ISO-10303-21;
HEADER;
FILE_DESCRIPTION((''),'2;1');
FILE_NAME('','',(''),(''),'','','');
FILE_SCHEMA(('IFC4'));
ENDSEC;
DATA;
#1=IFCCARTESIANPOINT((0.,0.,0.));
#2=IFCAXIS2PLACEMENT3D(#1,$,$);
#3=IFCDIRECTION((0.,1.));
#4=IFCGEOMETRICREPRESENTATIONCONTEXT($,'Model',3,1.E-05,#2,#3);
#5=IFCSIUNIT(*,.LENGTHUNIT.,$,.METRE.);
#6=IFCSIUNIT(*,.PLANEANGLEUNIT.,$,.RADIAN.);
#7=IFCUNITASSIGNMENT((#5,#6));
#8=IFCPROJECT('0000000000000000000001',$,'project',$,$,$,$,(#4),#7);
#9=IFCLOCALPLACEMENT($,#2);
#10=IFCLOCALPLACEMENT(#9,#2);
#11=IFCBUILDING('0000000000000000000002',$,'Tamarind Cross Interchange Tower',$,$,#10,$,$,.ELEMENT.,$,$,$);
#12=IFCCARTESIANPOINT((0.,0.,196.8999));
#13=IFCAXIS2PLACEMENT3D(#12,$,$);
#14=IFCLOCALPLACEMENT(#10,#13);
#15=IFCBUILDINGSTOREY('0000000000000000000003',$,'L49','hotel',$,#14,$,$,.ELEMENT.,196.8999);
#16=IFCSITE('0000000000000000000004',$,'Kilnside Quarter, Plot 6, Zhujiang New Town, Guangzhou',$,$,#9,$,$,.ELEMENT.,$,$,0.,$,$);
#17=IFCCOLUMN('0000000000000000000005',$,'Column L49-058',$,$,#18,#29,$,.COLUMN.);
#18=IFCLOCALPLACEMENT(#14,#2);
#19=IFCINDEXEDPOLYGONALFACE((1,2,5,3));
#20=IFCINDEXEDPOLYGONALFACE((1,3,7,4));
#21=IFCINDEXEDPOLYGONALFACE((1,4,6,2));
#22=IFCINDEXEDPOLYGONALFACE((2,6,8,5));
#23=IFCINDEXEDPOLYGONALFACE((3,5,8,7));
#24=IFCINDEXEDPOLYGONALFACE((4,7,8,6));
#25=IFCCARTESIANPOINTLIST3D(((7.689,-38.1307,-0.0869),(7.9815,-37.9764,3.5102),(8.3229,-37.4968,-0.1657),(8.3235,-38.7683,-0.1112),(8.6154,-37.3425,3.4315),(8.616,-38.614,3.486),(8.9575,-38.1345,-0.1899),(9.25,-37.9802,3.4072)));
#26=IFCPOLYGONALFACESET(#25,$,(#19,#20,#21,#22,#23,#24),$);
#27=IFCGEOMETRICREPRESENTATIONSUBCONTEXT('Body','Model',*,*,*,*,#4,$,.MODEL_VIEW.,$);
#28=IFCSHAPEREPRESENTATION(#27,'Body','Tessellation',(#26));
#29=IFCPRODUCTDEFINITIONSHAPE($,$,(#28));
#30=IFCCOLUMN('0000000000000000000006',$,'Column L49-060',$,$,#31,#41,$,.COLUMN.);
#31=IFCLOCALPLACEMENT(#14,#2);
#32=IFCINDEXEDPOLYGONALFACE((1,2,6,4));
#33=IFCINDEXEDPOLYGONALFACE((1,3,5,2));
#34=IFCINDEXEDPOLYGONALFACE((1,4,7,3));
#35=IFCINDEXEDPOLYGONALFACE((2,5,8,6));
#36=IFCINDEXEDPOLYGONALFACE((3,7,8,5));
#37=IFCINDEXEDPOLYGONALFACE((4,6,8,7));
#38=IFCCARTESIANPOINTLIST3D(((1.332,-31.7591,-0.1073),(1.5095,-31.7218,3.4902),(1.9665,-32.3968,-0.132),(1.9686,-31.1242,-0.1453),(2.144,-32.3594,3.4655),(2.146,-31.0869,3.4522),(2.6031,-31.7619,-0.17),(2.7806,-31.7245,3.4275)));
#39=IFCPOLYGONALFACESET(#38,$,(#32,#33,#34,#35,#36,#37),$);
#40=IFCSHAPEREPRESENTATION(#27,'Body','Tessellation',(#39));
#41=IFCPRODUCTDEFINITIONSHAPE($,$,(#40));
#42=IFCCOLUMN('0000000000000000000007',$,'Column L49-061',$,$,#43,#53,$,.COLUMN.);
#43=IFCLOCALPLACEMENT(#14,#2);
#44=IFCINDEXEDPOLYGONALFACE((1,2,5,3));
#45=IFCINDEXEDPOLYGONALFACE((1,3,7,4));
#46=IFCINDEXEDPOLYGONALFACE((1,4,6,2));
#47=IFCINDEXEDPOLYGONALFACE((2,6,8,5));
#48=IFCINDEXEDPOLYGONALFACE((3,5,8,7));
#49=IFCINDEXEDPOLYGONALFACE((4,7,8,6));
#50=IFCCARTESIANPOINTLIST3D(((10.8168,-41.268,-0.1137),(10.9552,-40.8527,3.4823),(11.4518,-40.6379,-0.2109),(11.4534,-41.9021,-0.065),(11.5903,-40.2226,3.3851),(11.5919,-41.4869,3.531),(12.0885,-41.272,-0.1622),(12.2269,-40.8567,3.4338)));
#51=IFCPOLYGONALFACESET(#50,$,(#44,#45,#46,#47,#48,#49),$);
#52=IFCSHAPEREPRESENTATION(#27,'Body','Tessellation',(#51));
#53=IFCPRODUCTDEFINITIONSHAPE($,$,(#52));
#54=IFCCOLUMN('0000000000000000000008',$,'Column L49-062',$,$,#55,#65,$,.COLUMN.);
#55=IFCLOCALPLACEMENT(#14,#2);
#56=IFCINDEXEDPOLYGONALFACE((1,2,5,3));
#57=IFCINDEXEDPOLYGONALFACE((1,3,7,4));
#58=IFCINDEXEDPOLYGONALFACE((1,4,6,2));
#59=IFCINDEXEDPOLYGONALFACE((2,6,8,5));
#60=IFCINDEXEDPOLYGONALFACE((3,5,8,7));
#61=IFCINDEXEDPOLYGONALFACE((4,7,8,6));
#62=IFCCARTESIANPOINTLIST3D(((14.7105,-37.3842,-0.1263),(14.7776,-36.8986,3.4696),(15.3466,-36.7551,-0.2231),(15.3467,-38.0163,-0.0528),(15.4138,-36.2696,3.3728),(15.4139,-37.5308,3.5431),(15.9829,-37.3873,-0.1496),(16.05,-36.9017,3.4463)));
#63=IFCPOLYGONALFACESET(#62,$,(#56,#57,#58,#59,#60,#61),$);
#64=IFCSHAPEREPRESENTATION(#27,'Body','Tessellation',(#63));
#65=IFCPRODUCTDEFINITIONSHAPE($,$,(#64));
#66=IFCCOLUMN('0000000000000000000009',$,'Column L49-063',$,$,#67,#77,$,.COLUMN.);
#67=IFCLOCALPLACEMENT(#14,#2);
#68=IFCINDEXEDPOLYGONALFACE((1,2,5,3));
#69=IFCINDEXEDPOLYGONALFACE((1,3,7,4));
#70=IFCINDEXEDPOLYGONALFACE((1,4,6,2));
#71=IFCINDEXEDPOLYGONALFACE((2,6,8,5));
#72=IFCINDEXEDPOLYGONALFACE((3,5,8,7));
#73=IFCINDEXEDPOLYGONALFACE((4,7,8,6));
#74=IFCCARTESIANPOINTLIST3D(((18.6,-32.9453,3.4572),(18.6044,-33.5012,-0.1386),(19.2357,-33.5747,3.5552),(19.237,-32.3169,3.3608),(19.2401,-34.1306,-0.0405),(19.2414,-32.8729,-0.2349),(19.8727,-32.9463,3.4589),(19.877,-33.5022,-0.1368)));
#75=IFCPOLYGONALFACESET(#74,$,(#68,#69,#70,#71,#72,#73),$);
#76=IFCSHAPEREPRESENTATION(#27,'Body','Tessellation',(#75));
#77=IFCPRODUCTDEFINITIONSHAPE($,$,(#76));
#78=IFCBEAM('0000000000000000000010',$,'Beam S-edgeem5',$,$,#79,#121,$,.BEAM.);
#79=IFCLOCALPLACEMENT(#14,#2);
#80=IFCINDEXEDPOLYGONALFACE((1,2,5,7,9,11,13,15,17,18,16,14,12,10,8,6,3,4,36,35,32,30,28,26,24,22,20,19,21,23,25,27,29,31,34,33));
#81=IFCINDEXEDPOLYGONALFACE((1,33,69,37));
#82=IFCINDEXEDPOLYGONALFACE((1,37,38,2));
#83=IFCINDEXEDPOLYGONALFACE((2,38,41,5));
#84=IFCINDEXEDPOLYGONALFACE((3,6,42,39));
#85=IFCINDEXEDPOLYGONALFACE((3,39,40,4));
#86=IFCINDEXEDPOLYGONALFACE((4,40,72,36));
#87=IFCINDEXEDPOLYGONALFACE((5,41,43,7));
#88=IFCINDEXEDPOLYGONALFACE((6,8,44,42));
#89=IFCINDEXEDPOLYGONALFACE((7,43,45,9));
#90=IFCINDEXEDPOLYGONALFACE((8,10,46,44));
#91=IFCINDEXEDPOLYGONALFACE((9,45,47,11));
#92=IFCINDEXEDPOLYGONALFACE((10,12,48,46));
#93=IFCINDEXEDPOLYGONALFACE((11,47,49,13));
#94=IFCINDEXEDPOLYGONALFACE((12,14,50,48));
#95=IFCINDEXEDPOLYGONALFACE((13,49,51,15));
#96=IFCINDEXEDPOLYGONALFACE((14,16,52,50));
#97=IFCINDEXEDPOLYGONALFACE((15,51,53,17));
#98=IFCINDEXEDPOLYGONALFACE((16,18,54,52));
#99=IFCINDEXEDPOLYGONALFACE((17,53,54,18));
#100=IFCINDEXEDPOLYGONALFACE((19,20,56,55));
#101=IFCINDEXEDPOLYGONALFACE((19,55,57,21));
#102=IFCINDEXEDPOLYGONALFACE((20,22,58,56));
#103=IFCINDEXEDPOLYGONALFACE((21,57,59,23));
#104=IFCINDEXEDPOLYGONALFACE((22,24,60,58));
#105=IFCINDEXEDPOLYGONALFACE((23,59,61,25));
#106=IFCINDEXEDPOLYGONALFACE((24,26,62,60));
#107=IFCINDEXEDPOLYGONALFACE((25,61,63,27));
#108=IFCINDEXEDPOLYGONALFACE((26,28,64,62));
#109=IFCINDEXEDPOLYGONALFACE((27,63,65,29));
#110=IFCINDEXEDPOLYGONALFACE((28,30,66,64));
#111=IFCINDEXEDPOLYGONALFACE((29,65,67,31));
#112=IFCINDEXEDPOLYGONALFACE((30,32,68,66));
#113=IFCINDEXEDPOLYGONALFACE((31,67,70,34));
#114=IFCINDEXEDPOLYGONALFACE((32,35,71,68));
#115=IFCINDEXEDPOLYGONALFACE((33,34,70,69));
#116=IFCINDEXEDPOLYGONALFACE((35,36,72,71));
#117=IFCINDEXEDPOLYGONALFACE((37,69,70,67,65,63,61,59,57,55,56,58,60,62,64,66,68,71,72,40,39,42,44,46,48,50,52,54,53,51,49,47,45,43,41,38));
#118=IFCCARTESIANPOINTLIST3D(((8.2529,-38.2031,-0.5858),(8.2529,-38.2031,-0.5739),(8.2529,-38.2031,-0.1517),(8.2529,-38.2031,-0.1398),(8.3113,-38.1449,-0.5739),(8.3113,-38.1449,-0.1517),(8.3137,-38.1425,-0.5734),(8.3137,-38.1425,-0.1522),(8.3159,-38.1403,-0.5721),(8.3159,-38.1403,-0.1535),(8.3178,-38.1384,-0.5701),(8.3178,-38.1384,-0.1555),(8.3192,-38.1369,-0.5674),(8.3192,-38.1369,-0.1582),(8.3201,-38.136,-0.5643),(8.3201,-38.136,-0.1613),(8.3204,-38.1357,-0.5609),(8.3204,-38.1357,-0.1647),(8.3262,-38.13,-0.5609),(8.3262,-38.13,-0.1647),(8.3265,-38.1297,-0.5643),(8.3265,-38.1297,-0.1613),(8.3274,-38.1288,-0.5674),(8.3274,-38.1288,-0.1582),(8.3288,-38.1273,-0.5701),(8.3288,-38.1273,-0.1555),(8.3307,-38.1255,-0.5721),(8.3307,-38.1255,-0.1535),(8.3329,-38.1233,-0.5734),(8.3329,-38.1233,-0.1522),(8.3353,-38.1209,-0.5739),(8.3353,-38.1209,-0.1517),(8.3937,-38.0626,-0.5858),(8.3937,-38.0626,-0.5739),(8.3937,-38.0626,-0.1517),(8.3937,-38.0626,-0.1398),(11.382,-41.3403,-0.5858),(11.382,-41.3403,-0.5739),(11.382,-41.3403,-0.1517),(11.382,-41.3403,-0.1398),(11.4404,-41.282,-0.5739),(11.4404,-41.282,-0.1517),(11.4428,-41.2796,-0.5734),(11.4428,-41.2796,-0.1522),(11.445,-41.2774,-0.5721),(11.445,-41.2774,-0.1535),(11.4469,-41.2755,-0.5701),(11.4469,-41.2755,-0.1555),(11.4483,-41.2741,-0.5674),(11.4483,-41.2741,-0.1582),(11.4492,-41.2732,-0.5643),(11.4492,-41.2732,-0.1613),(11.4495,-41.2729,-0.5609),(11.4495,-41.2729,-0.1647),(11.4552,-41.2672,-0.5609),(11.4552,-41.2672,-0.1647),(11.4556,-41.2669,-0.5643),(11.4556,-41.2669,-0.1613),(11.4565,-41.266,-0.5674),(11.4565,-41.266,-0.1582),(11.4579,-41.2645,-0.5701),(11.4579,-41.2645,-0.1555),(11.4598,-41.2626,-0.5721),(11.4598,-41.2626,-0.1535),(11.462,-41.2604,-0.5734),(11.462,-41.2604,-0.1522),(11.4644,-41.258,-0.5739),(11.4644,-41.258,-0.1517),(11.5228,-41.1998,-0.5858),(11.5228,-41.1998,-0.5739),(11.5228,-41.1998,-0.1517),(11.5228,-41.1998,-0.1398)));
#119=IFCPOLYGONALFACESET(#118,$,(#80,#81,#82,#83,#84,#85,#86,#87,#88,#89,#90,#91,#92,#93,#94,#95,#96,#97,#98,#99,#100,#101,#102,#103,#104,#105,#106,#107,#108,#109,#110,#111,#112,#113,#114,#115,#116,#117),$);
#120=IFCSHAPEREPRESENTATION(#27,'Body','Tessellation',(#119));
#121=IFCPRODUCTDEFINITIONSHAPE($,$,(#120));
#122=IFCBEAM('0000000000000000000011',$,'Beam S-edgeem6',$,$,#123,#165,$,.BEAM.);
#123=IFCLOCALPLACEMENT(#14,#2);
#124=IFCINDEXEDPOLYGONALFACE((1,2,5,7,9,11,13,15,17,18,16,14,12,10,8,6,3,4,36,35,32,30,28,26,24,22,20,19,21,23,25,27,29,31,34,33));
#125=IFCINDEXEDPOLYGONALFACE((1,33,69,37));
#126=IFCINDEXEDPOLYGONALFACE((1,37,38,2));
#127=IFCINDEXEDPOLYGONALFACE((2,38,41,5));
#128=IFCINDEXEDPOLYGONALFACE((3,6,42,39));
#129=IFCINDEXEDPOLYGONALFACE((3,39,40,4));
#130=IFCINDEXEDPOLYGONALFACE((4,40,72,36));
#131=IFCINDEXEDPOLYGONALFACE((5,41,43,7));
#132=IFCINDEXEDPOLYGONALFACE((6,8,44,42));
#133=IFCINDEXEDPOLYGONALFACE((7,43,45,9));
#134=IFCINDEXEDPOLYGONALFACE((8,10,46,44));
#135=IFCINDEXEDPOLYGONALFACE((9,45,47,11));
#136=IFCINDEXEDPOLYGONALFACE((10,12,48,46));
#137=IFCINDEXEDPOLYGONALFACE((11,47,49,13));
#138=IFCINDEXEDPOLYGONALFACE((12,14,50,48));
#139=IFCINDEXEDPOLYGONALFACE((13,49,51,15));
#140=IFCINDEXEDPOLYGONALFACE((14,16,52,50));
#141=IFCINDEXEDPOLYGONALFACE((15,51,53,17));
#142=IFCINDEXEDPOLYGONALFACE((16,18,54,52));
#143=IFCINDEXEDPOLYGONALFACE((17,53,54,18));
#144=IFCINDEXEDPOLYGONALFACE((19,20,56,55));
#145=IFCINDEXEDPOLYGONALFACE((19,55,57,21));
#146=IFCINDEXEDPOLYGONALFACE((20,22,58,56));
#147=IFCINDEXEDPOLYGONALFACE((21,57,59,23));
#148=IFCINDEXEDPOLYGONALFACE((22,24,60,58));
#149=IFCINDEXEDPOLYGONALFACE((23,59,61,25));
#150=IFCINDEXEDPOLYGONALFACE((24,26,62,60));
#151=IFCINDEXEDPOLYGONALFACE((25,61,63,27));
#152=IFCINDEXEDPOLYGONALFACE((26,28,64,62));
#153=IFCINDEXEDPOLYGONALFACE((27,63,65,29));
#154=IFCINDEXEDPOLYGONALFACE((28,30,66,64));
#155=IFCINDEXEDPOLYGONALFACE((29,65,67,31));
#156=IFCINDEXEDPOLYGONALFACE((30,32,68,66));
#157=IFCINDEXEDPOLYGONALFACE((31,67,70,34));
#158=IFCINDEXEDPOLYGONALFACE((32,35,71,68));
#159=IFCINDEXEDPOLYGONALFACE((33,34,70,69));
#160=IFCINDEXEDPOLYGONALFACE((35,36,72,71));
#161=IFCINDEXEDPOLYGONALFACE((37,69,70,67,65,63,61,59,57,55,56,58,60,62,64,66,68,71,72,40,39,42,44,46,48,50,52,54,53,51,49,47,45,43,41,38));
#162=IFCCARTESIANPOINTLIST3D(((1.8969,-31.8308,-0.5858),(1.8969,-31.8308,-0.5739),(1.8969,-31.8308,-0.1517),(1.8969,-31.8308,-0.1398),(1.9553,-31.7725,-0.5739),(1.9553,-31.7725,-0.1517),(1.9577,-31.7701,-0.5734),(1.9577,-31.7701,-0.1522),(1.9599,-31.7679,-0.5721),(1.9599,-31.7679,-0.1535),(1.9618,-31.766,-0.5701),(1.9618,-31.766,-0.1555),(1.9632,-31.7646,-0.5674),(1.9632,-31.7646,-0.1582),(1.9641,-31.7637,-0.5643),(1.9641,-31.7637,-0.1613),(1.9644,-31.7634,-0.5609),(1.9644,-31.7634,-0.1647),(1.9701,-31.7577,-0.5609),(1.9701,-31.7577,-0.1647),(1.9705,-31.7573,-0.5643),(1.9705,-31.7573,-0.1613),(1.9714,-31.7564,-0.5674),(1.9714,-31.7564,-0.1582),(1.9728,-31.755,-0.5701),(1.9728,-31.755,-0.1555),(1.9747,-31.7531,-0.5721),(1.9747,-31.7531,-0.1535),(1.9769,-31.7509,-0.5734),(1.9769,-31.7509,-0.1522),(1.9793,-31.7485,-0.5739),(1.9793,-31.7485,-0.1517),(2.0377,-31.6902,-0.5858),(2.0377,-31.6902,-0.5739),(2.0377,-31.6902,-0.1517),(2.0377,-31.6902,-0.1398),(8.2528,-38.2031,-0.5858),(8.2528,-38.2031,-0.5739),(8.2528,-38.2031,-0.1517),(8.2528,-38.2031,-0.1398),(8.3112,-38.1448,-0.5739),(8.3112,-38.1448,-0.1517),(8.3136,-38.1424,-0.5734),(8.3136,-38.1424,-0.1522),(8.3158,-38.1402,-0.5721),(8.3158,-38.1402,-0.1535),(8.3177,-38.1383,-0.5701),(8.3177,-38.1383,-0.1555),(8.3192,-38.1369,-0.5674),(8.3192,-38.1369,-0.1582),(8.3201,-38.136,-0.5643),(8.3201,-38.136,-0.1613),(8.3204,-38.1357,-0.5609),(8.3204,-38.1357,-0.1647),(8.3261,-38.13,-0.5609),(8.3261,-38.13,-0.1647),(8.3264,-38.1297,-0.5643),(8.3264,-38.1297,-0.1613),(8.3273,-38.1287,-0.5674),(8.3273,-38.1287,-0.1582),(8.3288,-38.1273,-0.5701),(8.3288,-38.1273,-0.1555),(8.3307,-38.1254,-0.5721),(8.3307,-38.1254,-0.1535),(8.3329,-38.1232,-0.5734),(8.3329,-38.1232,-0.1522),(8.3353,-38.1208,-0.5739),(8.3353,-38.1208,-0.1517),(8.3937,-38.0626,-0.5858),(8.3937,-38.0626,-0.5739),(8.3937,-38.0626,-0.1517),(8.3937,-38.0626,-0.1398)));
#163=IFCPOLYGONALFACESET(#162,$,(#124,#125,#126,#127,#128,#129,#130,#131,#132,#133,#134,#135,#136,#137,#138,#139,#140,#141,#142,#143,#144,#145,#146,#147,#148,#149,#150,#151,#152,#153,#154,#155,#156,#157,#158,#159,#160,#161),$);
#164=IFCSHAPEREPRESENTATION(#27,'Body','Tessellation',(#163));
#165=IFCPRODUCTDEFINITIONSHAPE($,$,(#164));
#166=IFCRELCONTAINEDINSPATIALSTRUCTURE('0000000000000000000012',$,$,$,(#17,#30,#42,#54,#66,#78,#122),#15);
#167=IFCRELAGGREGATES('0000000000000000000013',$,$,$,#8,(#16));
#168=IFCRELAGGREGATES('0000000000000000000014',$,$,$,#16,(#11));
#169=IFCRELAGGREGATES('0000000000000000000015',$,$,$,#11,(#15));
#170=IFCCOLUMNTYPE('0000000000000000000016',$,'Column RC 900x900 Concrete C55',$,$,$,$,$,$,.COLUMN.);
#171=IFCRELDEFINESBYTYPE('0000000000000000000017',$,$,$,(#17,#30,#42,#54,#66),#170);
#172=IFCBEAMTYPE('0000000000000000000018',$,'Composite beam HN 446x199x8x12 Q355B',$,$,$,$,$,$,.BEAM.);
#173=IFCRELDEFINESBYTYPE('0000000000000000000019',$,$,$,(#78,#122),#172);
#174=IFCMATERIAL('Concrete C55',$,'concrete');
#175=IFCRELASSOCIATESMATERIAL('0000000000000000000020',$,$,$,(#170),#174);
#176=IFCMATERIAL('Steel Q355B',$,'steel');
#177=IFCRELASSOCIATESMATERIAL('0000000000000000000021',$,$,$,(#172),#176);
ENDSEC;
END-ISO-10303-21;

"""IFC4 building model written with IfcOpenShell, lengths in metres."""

from ifc_helpers import new_model, si_unit, direction, frame, origin, origin_2d, place, context, subcontext, project, spatial, rectangle, i_section, extrude, material, material_profile, profile_set, type_object, element, save


model = new_model("IFC4")

# Units and contexts
model_context = context("Model", 3, precision=1e-05, world=origin(), true_north=direction((0.0, 1.0)))
body_context = subcontext(model_context, "Body", "Model", "MODEL_VIEW")
ifc_project = project(units=[si_unit("LENGTHUNIT", "METRE"), si_unit("PLANEANGLEUNIT", "RADIAN")], contexts=[model_context])

# Site, building, storey
site_placement = place(None, origin())
site = spatial("IfcSite", under=ifc_project, at=site_placement, Name="Kilnside Quarter, Plot 6, Zhujiang New Town, Guangzhou", CompositionType="ELEMENT", RefElevation=0.0)
building_placement = place(site_placement, origin())
building = spatial("IfcBuilding", under=site, at=building_placement, Name="Tamarind Cross Interchange Tower", CompositionType="ELEMENT")
storey_placement = place(building_placement, frame((0.0, 0.0, 196.8999)))
storey = spatial("IfcBuildingStorey", under=building, at=storey_placement, Name="L49", Description="hotel", CompositionType="ELEMENT", Elevation=196.8999)

# Columns
ifc_material_1 = material(Name="Concrete C55", Category="concrete")
ifc_material_profile_1 = material_profile(ifc_material_1, rectangle(XDim=0.8999, YDim=0.8999, at=origin_2d()), Name="RC 900x900")
ifc_profile_set_1 = profile_set([ifc_material_profile_1], Name="Concrete C55")
column_type = type_object("IfcColumnType", Name="Column RC 900x900 Concrete C55", PredefinedType="COLUMN", material=ifc_profile_set_1)
column_1_placement = place(storey_placement, frame((8.3232, -38.1326, -0.1384), z_axis=(0.080967, 0.042714, 0.995801), x_axis=(-0.705122, 0.708574, 0.026939)))
element("IfcColumn", 1, at=column_1_placement, inside=storey, type_object=column_type, Name="Column L49-058", PredefinedType="COLUMN", context=body_context, shape_type="SweptSolid", body=[
    extrude(rectangle(XDim=0.8999, YDim=0.8999, at=origin_2d()), origin(), (0.0, 0.0, 1.0), 3.6123),
])
column_2_placement = place(storey_placement, frame((1.9675, -31.7605, -0.1387), z_axis=(0.049276, 0.01037, 0.998731), x_axis=(-0.705106, 0.708571, 0.027431)))
element("IfcColumn", 2, at=column_2_placement, inside=storey, type_object=column_type, Name="Column L49-060", PredefinedType="COLUMN", context=body_context, shape_type="SweptSolid", body=[
    extrude(rectangle(XDim=0.8999, YDim=0.8999, at=origin_2d()), origin(), (0.0, 0.0, 1.0), 3.6021),
])
column_3_placement = place(storey_placement, frame((11.4526, -41.27, -0.1379), z_axis=(0.038213, 0.11464, 0.992672), x_axis=(-0.70571, -0.700216, 0.108032)))
element("IfcColumn", 3, at=column_3_placement, inside=storey, type_object=column_type, Name="Column L49-061", PredefinedType="COLUMN", context=body_context, shape_type="SweptSolid", body=[
    extrude(rectangle(XDim=0.8999, YDim=0.8999, at=origin_2d()), origin(), (0.0, 0.0, 1.0), 3.6226),
])
column_4_placement = place(storey_placement, frame((15.3467, -37.3857, -0.1379), z_axis=(0.0185, 0.133802, 0.990835), x_axis=(-0.706938, -0.699044, 0.107598)))
element("IfcColumn", 4, at=column_4_placement, inside=storey, type_object=column_type, Name="Column L49-062", PredefinedType="COLUMN", context=body_context, shape_type="SweptSolid", body=[
    extrude(rectangle(XDim=0.8999, YDim=0.8999, at=origin_2d()), origin(), (0.0, 0.0, 1.0), 3.6292),
])
column_5_placement = place(storey_placement, frame((19.2407, -33.5017, -0.1377), z_axis=(-0.001208, 0.152788, 0.988258), x_axis=(-0.707837, -0.698212, 0.107081)))
element("IfcColumn", 5, at=column_5_placement, inside=storey, type_object=column_type, Name="Column L49-063", PredefinedType="COLUMN", context=body_context, shape_type="SweptSolid", body=[
    extrude(rectangle(XDim=0.8999, YDim=0.8999, at=origin_2d()), origin(), (0.0, 0.0, 1.0), 3.6384),
])

# Beams
ifc_material_2 = material(Name="Steel Q355B", Category="steel")
ifc_material_profile_2 = material_profile(ifc_material_2, i_section(OverallWidth=0.199, OverallDepth=0.446, WebThickness=0.0081, FlangeThickness=0.012, FilletRadius=0.0129, at=origin_2d()), Name="HN 446x199x8x12")
ifc_profile_set_2 = profile_set([ifc_material_profile_2], Name="Steel Q355B")
beam_type_1 = type_object("IfcBeamType", Name="Composite beam HN 446x199x8x12 Q355B", PredefinedType="BEAM", material=ifc_profile_set_2)
beam_1_placement = place(storey_placement, frame((11.4524, -41.27, -0.3628), z_axis=(-0.706197, 0.708015, 0.0), x_axis=(-0.708015, -0.706197, 0.0)))
element("IfcBeam", 6, at=beam_1_placement, inside=storey, type_object=beam_type_1, Name="Beam S-edgeem5", PredefinedType="BEAM", context=body_context, shape_type="SweptSolid", body=[
    extrude(i_section(OverallWidth=0.199, OverallDepth=0.446, WebThickness=0.0081, FlangeThickness=0.012, FilletRadius=0.0129, at=origin_2d()), origin(), (0.0, 0.0, 1.0), 4.4309),
])
beam_2_placement = place(storey_placement, frame((8.3232, -38.1328, -0.3628), z_axis=(-0.706197, 0.708015, 0.0), x_axis=(-0.708015, -0.706197, 0.0)))
element("IfcBeam", 7, at=beam_2_placement, inside=storey, type_object=beam_type_1, Name="Beam S-edgeem6", PredefinedType="BEAM", context=body_context, shape_type="SweptSolid", body=[
    extrude(i_section(OverallWidth=0.199, OverallDepth=0.446, WebThickness=0.0081, FlangeThickness=0.012, FilletRadius=0.0129, at=origin_2d()), origin(), (0.0, 0.0, 1.0), 9.0002),
])

save(model, "model.ifc")
